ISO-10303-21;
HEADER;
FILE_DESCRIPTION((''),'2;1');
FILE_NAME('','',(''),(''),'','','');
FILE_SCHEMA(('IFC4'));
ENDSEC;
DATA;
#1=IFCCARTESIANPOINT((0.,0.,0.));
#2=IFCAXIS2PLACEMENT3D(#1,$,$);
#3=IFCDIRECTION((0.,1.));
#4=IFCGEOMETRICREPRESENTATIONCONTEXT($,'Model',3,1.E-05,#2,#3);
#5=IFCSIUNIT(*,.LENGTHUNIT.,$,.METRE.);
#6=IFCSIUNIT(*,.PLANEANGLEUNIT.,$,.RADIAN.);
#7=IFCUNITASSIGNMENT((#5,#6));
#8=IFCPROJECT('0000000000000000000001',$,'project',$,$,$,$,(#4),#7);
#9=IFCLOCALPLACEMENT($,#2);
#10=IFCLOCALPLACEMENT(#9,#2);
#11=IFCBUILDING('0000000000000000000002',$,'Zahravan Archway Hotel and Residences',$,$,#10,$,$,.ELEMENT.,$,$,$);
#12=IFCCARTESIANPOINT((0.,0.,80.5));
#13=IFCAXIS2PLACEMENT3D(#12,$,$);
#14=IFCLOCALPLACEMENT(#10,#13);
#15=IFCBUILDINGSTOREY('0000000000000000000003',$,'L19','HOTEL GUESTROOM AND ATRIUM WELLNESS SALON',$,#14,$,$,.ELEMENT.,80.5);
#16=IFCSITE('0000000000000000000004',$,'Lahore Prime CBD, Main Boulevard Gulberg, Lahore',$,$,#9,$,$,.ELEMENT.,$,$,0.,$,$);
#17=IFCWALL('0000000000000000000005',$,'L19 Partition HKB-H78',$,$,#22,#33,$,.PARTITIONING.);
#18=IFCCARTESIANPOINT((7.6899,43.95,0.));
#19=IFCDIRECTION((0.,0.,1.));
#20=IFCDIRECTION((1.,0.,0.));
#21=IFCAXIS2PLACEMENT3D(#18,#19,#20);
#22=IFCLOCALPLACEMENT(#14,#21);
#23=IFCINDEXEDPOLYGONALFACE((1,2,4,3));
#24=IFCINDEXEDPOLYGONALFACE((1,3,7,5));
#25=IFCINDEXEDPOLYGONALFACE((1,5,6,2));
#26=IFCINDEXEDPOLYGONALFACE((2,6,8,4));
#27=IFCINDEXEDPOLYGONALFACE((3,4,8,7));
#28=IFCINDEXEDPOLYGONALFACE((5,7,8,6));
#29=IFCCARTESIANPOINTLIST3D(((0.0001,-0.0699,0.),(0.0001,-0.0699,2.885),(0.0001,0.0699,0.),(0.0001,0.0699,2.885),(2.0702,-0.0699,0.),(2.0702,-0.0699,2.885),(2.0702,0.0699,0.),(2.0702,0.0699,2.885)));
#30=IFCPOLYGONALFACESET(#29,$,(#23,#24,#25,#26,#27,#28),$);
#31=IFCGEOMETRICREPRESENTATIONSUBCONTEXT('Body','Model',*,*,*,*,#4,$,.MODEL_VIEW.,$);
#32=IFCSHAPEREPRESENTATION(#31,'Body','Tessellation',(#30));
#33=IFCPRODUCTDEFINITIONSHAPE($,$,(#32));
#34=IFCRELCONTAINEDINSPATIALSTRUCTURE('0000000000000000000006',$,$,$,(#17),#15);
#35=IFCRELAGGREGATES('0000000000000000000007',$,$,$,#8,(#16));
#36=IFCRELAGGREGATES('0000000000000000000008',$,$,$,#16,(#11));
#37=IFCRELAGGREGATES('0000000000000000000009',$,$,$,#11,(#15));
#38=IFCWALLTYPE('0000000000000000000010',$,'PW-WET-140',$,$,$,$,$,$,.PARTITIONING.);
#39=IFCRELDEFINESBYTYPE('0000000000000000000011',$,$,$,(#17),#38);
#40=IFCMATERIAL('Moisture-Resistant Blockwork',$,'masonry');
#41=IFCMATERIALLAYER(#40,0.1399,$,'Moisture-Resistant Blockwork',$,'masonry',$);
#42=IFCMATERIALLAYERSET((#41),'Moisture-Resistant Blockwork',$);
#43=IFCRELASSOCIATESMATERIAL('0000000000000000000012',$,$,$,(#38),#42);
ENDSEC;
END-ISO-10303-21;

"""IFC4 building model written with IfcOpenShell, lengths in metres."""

from ifc_helpers import new_model, si_unit, direction, frame, frame_2d, origin, place, context, subcontext, project, spatial, rectangle, extrude, material, layer, layer_set, type_object, element, save


model = new_model("IFC4")

# Units and contexts
model_context = context("Model", 3, precision=1e-05, world=origin(), true_north=direction((0.0, 1.0)))
body_context = subcontext(model_context, "Body", "Model", "MODEL_VIEW")
ifc_project = project(units=[si_unit("LENGTHUNIT", "METRE"), si_unit("PLANEANGLEUNIT", "RADIAN")], contexts=[model_context])

# Site, building, storey
site_placement = place(None, origin())
site = spatial("IfcSite", under=ifc_project, at=site_placement, Name="Lahore Prime CBD, Main Boulevard Gulberg, Lahore", CompositionType="ELEMENT", RefElevation=0.0)
building_placement = place(site_placement, origin())
building = spatial("IfcBuilding", under=site, at=building_placement, Name="Zahravan Archway Hotel and Residences", CompositionType="ELEMENT")
storey_placement = place(building_placement, frame((0.0, 0.0, 80.5)))
storey = spatial("IfcBuildingStorey", under=building, at=storey_placement, Name="L19", Description="HOTEL GUESTROOM AND ATRIUM WELLNESS SALON", CompositionType="ELEMENT", Elevation=80.5)

# Wall
ifc_material_1 = material(Name="Moisture-Resistant Blockwork", Category="masonry")
ifc_layer_1 = layer(ifc_material_1, 0.1399, Name="Moisture-Resistant Blockwork", Category="masonry")
ifc_layer_set_1 = layer_set([ifc_layer_1], Name="Moisture-Resistant Blockwork")
wall_type_1 = type_object("IfcWallType", Name="PW-WET-140", PredefinedType="PARTITIONING", material=ifc_layer_set_1)
wall_1_placement = place(storey_placement, frame((7.6899, 43.95, 0.0), z_axis=(0.0, 0.0, 1.0), x_axis=(1.0, 0.0, 0.0)))
element("IfcWall", 1, at=wall_1_placement, inside=storey, type_object=wall_type_1, Name="L19 Partition HKB-H78", PredefinedType="PARTITIONING", context=body_context, shape_type="SweptSolid", body=[
    extrude(rectangle(XDim=2.0701, YDim=0.1399, at=frame_2d((1.0352, 0.0))), origin(), (0.0, 0.0, 1.0), 2.885),
])

save(model, "model.ifc")
